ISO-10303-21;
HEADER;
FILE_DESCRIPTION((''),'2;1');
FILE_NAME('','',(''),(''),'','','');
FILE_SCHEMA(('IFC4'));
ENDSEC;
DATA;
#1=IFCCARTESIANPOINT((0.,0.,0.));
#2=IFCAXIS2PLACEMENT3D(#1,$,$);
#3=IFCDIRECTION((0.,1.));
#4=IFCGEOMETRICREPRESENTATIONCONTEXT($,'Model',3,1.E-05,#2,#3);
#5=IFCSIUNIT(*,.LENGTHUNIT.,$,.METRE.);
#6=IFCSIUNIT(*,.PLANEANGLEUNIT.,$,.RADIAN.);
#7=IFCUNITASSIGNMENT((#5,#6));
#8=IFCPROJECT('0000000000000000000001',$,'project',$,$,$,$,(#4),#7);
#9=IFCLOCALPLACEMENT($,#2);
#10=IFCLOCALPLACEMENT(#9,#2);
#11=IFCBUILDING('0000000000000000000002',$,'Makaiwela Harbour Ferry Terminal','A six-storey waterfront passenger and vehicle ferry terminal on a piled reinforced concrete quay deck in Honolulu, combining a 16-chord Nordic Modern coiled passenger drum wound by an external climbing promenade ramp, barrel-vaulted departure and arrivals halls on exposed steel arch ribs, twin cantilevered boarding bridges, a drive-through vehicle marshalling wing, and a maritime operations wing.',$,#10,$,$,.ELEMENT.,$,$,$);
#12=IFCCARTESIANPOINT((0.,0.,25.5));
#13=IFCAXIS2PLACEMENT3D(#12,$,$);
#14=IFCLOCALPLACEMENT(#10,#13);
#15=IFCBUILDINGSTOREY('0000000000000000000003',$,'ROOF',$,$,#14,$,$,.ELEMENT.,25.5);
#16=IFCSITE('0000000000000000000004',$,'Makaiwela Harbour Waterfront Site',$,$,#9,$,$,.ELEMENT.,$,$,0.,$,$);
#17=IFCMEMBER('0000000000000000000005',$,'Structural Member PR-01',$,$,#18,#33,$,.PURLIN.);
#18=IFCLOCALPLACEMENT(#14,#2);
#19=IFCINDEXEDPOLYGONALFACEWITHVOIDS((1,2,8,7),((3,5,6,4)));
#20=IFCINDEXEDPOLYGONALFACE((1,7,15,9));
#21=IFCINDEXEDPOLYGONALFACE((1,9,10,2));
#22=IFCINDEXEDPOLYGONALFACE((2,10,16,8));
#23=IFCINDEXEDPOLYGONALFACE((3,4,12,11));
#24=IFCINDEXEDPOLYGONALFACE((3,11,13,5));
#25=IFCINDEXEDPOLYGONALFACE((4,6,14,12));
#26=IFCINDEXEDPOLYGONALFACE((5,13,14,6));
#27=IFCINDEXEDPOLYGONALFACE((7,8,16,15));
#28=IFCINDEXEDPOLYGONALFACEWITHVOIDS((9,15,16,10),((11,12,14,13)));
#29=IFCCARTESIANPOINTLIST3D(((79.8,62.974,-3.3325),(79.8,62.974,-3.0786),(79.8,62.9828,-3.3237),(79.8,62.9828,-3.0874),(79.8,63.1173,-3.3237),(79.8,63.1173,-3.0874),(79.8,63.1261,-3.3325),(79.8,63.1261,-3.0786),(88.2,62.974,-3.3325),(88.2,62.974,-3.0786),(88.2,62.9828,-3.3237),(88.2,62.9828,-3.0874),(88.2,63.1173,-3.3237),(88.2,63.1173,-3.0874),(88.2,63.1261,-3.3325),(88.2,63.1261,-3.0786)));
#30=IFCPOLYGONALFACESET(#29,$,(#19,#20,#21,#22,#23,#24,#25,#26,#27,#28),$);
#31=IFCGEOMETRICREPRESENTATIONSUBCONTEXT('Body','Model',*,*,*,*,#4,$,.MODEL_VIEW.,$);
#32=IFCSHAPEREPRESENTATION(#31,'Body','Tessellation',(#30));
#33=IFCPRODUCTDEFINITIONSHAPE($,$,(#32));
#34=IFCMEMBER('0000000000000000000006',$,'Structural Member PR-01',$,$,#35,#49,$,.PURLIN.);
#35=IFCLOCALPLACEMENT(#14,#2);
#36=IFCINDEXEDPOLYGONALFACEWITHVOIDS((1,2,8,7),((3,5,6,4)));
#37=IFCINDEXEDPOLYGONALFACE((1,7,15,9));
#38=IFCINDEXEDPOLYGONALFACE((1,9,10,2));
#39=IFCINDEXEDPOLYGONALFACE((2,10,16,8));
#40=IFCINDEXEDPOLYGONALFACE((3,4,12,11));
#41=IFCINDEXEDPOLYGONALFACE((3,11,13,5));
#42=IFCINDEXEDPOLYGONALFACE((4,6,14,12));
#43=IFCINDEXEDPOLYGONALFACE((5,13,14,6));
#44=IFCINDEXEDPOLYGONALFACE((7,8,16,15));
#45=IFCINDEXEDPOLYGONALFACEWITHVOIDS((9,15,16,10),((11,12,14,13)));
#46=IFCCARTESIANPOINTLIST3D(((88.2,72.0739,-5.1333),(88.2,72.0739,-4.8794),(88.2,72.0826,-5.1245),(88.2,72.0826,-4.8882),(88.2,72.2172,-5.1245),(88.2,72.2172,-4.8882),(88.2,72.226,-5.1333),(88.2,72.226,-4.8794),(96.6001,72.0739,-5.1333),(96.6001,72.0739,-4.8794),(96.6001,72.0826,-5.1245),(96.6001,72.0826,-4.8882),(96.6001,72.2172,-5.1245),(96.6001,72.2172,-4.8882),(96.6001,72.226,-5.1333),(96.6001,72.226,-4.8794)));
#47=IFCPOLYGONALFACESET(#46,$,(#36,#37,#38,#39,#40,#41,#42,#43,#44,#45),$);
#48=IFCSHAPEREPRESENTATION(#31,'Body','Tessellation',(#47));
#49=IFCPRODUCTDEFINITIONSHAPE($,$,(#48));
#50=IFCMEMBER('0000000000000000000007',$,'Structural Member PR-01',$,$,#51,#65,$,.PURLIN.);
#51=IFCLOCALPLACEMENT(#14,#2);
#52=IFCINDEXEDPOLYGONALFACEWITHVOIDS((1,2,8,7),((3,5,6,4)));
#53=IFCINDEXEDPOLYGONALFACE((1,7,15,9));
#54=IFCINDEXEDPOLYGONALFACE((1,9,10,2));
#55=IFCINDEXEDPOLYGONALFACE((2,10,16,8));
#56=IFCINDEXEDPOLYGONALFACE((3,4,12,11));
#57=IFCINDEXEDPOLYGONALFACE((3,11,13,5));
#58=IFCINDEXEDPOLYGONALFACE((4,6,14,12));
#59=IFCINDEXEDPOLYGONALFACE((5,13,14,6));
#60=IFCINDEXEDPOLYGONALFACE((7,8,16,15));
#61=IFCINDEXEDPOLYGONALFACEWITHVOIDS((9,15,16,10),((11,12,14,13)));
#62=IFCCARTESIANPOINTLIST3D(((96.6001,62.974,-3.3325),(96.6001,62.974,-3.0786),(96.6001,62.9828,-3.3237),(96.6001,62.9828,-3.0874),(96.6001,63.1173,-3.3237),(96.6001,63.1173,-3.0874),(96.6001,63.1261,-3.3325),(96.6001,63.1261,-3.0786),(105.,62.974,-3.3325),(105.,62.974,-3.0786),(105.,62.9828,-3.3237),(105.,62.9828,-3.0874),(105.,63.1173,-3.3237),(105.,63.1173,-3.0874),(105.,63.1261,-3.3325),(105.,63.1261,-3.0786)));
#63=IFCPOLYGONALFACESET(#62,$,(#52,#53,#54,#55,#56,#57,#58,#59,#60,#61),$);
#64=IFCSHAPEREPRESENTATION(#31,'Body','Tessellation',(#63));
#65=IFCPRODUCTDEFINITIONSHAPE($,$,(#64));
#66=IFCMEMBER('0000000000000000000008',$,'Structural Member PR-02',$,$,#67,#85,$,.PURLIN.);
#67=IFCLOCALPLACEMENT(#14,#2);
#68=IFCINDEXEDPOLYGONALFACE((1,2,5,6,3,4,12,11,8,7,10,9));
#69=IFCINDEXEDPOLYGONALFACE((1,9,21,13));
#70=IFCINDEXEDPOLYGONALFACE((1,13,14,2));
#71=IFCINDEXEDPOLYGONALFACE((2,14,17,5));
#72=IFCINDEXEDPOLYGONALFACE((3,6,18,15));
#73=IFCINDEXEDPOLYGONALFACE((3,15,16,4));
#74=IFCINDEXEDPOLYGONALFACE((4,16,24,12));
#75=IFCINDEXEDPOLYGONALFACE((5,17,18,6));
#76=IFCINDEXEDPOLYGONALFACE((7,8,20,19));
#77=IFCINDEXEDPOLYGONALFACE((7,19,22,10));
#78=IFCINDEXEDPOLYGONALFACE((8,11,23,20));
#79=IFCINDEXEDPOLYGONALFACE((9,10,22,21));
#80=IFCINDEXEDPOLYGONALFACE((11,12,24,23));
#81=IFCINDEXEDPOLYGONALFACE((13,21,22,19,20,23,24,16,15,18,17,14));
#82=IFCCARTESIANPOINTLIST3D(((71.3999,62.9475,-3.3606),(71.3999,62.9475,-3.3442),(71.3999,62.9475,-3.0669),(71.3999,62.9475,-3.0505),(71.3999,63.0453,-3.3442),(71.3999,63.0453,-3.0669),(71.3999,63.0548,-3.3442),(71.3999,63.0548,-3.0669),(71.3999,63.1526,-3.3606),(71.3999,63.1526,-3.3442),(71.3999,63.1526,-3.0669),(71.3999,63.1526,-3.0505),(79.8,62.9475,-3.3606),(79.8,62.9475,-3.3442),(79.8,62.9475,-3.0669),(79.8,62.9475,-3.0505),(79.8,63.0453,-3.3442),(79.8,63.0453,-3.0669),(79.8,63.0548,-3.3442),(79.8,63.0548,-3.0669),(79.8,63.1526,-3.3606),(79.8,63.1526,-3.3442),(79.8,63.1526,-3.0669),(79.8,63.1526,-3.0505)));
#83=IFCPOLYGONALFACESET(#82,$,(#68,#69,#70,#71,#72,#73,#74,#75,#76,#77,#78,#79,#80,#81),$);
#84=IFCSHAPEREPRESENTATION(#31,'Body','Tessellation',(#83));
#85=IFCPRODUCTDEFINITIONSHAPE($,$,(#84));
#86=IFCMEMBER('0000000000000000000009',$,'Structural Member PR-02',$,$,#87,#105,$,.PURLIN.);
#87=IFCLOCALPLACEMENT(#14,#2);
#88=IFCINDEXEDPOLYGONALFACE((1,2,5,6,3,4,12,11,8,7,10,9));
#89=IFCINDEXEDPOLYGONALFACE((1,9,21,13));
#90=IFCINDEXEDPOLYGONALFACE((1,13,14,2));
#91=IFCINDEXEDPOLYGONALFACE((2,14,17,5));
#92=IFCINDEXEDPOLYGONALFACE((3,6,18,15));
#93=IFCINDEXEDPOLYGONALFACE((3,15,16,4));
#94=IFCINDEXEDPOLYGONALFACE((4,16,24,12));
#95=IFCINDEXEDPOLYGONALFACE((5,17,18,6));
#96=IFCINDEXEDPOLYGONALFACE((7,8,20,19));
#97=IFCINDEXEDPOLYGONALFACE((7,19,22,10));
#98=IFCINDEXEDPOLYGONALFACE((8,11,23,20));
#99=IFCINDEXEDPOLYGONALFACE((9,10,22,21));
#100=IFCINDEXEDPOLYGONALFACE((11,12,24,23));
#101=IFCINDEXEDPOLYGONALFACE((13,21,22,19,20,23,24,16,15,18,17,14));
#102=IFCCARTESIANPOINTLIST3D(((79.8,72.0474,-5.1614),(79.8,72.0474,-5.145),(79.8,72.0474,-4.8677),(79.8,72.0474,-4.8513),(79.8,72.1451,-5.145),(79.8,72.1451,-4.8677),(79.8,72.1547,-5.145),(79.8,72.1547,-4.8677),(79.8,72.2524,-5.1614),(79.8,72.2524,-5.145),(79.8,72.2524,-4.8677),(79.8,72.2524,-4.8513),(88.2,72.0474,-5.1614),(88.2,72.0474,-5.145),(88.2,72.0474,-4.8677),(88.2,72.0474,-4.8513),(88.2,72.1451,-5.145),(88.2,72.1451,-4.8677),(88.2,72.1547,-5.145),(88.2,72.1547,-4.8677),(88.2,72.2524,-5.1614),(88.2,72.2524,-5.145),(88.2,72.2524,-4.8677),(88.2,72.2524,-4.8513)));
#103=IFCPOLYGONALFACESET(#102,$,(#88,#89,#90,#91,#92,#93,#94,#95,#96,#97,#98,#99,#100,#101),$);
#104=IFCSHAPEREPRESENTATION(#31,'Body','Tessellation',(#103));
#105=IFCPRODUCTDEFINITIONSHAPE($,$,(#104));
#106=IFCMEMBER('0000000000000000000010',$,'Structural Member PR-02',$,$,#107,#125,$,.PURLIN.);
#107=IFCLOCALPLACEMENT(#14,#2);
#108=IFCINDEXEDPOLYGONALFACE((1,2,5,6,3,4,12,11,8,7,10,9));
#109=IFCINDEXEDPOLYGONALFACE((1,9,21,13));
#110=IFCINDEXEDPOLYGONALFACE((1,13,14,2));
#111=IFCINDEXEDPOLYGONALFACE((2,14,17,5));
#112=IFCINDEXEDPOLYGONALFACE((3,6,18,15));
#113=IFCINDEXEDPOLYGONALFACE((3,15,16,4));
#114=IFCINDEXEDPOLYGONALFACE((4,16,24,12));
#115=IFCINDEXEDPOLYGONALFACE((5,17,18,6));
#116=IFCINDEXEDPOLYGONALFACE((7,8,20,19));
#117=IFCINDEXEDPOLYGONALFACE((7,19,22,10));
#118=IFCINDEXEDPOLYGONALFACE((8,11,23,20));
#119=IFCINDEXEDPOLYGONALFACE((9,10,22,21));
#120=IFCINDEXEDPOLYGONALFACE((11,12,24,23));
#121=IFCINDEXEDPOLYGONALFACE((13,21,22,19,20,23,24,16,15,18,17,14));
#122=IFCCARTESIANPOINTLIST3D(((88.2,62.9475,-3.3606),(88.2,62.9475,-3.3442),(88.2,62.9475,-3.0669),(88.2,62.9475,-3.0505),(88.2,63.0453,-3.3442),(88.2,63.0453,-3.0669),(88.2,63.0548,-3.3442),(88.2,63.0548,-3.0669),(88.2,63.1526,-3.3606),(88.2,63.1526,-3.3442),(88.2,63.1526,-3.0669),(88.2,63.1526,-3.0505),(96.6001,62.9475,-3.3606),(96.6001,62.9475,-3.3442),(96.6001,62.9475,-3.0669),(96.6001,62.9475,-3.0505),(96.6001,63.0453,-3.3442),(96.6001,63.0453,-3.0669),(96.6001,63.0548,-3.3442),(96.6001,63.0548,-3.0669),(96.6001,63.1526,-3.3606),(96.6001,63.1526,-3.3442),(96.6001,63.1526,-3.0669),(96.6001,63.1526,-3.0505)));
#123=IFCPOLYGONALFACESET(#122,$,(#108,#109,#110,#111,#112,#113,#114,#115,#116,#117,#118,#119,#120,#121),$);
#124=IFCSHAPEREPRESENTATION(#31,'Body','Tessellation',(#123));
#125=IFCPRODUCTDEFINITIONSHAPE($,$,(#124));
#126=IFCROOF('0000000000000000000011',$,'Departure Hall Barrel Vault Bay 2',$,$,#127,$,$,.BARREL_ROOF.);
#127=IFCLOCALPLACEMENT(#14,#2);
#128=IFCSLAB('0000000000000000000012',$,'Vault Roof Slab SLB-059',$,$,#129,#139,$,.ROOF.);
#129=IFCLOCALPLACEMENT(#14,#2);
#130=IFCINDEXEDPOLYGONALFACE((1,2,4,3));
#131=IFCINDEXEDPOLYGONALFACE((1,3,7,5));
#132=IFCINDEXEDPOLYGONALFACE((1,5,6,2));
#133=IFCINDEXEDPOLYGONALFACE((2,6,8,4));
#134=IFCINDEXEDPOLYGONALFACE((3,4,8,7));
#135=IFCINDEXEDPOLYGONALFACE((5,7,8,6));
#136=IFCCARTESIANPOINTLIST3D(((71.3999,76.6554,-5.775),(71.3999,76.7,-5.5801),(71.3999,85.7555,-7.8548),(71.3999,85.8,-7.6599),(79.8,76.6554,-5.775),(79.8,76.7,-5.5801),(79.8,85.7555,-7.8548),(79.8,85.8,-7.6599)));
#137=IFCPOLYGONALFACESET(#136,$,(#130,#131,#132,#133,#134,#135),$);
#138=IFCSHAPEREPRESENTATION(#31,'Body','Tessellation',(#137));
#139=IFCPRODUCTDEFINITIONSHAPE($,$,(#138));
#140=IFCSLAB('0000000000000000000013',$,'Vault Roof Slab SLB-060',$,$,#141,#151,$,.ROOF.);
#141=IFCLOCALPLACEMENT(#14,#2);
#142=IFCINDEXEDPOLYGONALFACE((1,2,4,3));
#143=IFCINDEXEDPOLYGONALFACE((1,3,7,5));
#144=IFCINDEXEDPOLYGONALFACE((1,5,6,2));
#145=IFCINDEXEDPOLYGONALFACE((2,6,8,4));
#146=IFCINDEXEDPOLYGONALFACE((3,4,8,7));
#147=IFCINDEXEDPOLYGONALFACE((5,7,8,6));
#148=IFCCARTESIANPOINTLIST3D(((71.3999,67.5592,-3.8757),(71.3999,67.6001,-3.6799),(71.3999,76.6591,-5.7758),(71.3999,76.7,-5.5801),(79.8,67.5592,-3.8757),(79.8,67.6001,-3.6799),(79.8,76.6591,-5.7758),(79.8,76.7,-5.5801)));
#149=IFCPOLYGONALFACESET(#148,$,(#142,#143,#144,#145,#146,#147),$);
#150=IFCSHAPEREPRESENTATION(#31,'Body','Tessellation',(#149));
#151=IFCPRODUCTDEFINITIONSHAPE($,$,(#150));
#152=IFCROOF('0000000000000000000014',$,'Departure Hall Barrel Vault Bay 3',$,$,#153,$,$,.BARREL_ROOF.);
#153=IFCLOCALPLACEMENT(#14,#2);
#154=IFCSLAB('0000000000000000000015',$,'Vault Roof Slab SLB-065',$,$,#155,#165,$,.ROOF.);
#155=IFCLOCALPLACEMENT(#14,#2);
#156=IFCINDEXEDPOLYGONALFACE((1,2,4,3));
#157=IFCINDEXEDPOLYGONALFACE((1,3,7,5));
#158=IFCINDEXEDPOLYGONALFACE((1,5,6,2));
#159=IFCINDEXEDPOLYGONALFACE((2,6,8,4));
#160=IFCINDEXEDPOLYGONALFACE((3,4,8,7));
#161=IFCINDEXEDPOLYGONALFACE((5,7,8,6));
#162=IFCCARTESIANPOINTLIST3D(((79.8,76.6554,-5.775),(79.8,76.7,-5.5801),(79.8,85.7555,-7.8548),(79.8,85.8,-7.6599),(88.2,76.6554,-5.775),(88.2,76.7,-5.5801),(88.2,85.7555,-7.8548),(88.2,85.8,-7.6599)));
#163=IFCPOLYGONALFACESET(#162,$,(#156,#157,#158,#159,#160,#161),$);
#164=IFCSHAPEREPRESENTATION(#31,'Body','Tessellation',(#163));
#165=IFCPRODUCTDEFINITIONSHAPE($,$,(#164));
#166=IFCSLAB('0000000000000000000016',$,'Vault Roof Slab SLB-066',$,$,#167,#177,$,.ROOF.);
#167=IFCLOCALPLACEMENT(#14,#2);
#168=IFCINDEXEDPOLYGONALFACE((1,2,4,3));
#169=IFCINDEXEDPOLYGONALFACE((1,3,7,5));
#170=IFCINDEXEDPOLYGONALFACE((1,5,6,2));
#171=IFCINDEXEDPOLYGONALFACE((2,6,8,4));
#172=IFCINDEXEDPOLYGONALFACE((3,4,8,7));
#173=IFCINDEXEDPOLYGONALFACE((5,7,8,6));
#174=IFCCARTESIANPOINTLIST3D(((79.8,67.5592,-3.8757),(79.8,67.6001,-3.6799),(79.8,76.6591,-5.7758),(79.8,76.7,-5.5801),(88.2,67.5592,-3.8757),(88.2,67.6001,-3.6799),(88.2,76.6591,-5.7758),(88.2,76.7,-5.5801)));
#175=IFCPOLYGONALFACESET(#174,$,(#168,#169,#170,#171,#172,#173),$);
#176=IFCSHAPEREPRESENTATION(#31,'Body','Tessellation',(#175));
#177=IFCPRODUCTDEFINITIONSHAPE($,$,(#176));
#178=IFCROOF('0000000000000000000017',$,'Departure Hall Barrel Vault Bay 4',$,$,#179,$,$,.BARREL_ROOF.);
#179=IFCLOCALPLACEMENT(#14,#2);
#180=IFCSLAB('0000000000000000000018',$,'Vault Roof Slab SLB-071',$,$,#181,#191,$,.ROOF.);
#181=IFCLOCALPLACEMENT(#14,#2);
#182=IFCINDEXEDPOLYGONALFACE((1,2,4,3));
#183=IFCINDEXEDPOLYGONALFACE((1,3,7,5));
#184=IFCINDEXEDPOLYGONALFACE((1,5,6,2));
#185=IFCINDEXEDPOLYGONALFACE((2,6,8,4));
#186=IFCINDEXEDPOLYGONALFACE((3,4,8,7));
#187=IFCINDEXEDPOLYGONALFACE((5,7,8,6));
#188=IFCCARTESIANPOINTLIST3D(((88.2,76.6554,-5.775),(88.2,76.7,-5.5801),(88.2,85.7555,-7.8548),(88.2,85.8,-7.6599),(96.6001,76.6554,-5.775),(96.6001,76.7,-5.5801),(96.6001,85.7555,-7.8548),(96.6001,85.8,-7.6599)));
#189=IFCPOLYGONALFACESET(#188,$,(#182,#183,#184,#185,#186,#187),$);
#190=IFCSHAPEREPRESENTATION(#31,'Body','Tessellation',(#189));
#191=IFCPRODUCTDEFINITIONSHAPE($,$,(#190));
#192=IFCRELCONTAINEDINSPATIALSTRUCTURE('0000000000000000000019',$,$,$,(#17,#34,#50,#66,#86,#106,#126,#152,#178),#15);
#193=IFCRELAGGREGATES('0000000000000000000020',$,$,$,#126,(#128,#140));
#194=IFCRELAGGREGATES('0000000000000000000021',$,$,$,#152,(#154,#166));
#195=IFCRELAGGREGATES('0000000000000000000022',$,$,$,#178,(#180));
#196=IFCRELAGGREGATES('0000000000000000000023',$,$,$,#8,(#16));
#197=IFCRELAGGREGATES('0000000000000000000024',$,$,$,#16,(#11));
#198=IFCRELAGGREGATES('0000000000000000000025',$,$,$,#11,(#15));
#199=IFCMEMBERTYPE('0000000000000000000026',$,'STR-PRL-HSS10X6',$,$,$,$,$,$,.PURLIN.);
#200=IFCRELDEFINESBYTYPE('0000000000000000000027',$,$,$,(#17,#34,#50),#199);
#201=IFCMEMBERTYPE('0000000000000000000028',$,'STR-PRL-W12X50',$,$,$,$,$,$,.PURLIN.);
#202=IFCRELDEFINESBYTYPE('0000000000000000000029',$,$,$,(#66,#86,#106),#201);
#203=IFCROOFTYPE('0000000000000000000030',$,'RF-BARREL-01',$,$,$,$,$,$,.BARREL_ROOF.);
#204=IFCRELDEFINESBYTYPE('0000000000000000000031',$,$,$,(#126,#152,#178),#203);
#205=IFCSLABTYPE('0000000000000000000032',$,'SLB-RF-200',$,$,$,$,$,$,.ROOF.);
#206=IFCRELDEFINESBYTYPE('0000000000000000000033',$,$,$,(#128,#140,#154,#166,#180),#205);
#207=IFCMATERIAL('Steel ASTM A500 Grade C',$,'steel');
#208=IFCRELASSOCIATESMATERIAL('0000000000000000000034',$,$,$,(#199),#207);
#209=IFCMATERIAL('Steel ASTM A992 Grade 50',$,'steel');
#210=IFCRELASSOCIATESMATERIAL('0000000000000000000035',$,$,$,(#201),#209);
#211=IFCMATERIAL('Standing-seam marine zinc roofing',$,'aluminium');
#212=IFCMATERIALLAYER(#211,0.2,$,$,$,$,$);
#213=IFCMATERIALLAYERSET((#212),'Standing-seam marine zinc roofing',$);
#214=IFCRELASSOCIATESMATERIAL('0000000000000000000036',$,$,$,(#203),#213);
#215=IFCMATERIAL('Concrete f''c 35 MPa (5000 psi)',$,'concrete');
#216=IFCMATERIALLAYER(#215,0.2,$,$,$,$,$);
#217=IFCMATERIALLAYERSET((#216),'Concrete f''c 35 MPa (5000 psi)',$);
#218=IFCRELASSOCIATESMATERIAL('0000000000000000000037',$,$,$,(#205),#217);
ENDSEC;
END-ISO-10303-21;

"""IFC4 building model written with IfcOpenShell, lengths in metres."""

from ifc_helpers import new_model, si_unit, direction, frame, origin, origin_2d, place, context, subcontext, project, spatial, polyline, hollow_rectangle, i_section, outline, extrude, material, layer, layer_set, material_profile, profile_set, type_object, element, aggregate, save


model = new_model("IFC4")

# Units and contexts
model_context = context("Model", 3, precision=1e-05, world=origin(), true_north=direction((0.0, 1.0)))
body_context = subcontext(model_context, "Body", "Model", "MODEL_VIEW")
ifc_project = project(units=[si_unit("LENGTHUNIT", "METRE"), si_unit("PLANEANGLEUNIT", "RADIAN")], contexts=[model_context])

# Site, building, storey
site_placement = place(None, origin())
site = spatial("IfcSite", under=ifc_project, at=site_placement, Name="Makaiwela Harbour Waterfront Site", CompositionType="ELEMENT", RefElevation=0.0)
building_placement = place(site_placement, origin())
building = spatial("IfcBuilding", under=site, at=building_placement, Name="Makaiwela Harbour Ferry Terminal", Description="A six-storey waterfront passenger and vehicle ferry terminal on a piled reinforced concrete quay deck in Honolulu, combining a 16-chord Nordic Modern coiled passenger drum wound by an external climbing promenade ramp, barrel-vaulted departure and arrivals halls on exposed steel arch ribs, twin cantilevered boarding bridges, a drive-through vehicle marshalling wing, and a maritime operations wing.", CompositionType="ELEMENT")
storey_placement = place(building_placement, frame((0.0, 0.0, 25.5)))
storey = spatial("IfcBuildingStorey", under=building, at=storey_placement, Name="ROOF", CompositionType="ELEMENT", Elevation=25.5)

# Shared definitions
ifc_material_1 = material(Name="Steel ASTM A992 Grade 50", Category="steel")

# Members
ifc_material_2 = material(Name="Steel ASTM A500 Grade C", Category="steel")
ifc_material_profile_1 = material_profile(ifc_material_2, hollow_rectangle(XDim=0.1521, YDim=0.2539, WallThickness=0.0088, at=origin_2d()), Name="HSS10X6X3/8")
ifc_profile_set_1 = profile_set([ifc_material_profile_1], Name="Steel ASTM A500 Grade C")
member_type_1 = type_object("IfcMemberType", Name="STR-PRL-HSS10X6", PredefinedType="PURLIN", material=ifc_profile_set_1)
member_1_placement = place(storey_placement, frame((79.8, 63.05, -3.2056), z_axis=(1.0, 0.0, 0.0), x_axis=(0.0, 1.0, 0.0)))
element("IfcMember", 1, at=member_1_placement, inside=storey, type_object=member_type_1, Name="Structural Member PR-01", PredefinedType="PURLIN", context=body_context, shape_type="SweptSolid", body=[
    extrude(hollow_rectangle(XDim=0.1521, YDim=0.2539, WallThickness=0.0088, at=origin_2d()), origin(), (0.0, 0.0, 1.0), 8.3999),
])
member_2_placement = place(storey_placement, frame((88.2, 72.1499, -5.0063), z_axis=(1.0, 0.0, 0.0), x_axis=(0.0, 1.0, 0.0)))
element("IfcMember", 2, at=member_2_placement, inside=storey, type_object=member_type_1, Name="Structural Member PR-01", PredefinedType="PURLIN", context=body_context, shape_type="SweptSolid", body=[
    extrude(hollow_rectangle(XDim=0.1521, YDim=0.2539, WallThickness=0.0088, at=origin_2d()), origin(), (0.0, 0.0, 1.0), 8.4001),
])
member_3_placement = place(storey_placement, frame((96.6001, 63.05, -3.2056), z_axis=(1.0, 0.0, 0.0), x_axis=(0.0, 1.0, 0.0)))
element("IfcMember", 3, at=member_3_placement, inside=storey, type_object=member_type_1, Name="Structural Member PR-01", PredefinedType="PURLIN", context=body_context, shape_type="SweptSolid", body=[
    extrude(hollow_rectangle(XDim=0.1521, YDim=0.2539, WallThickness=0.0088, at=origin_2d()), origin(), (0.0, 0.0, 1.0), 8.3999),
])
ifc_material_profile_2 = material_profile(ifc_material_1, i_section(OverallWidth=0.2051, OverallDepth=0.3101, WebThickness=0.0095, FlangeThickness=0.0164, at=origin_2d()), Name="W12X50")
ifc_profile_set_2 = profile_set([ifc_material_profile_2], Name="Steel ASTM A992 Grade 50")
member_type_2 = type_object("IfcMemberType", Name="STR-PRL-W12X50", PredefinedType="PURLIN", material=ifc_profile_set_2)
member_4_placement = place(storey_placement, frame((71.3999, 63.05, -3.2056), z_axis=(1.0, 0.0, 0.0), x_axis=(0.0, 1.0, 0.0)))
element("IfcMember", 4, at=member_4_placement, inside=storey, type_object=member_type_2, Name="Structural Member PR-02", PredefinedType="PURLIN", context=body_context, shape_type="SweptSolid", body=[
    extrude(i_section(OverallWidth=0.2051, OverallDepth=0.3101, WebThickness=0.0095, FlangeThickness=0.0164, at=origin_2d()), origin(), (0.0, 0.0, 1.0), 8.4001),
])
member_5_placement = place(storey_placement, frame((79.8, 72.1499, -5.0063), z_axis=(1.0, 0.0, 0.0), x_axis=(0.0, 1.0, 0.0)))
element("IfcMember", 5, at=member_5_placement, inside=storey, type_object=member_type_2, Name="Structural Member PR-02", PredefinedType="PURLIN", context=body_context, shape_type="SweptSolid", body=[
    extrude(i_section(OverallWidth=0.2051, OverallDepth=0.3101, WebThickness=0.0095, FlangeThickness=0.0164, at=origin_2d()), origin(), (0.0, 0.0, 1.0), 8.3999),
])
member_6_placement = place(storey_placement, frame((88.2, 63.05, -3.2056), z_axis=(1.0, 0.0, 0.0), x_axis=(0.0, 1.0, 0.0)))
element("IfcMember", 6, at=member_6_placement, inside=storey, type_object=member_type_2, Name="Structural Member PR-02", PredefinedType="PURLIN", context=body_context, shape_type="SweptSolid", body=[
    extrude(i_section(OverallWidth=0.2051, OverallDepth=0.3101, WebThickness=0.0095, FlangeThickness=0.0164, at=origin_2d()), origin(), (0.0, 0.0, 1.0), 8.4001),
])

# Roofs, slabs
ifc_material_3 = material(Name="Standing-seam marine zinc roofing", Category="aluminium")
ifc_layer_1 = layer(ifc_material_3, 0.2)
ifc_layer_set_1 = layer_set([ifc_layer_1], Name="Standing-seam marine zinc roofing")
roof_type = type_object("IfcRoofType", Name="RF-BARREL-01", PredefinedType="BARREL_ROOF", material=ifc_layer_set_1)
roof_1_placement = place(storey_placement, origin())
roof_1 = element("IfcRoof", 7, at=roof_1_placement, inside=storey, type_object=roof_type, Name="Departure Hall Barrel Vault Bay 2", PredefinedType="BARREL_ROOF")
ifc_material_4 = material(Name="Concrete f'c 35 MPa (5000 psi)", Category="concrete")
ifc_layer_2 = layer(ifc_material_4, 0.2)
ifc_layer_set_2 = layer_set([ifc_layer_2], Name="Concrete f'c 35 MPa (5000 psi)")
slab_type = type_object("IfcSlabType", Name="SLB-RF-200", PredefinedType="ROOF", material=ifc_layer_set_2)
slab_1_placement = place(storey_placement, frame((71.3999, 76.7, -5.5801), z_axis=(0.0, 0.222806, 0.974863), x_axis=(1.0, 0.0, 0.0)))
slab_1 = element("IfcSlab", 8, at=slab_1_placement, type_object=slab_type, Name="Vault Roof Slab SLB-059", PredefinedType="ROOF", context=body_context, shape_type="SweptSolid", body=[
    extrude(outline(polyline([(0.0, 0.0), (8.4001, 0.0), (8.4001, 9.3347), (0.0, 9.3347), (0.0, 0.0)])), origin(), (0.0, 0.0, -1.0), 0.2),
])
slab_2_placement = place(storey_placement, frame((71.3999, 67.6001, -3.6799), z_axis=(0.0, 0.204402, 0.978887), x_axis=(1.0, 0.0, 0.0)))
slab_2 = element("IfcSlab", 9, at=slab_2_placement, type_object=slab_type, Name="Vault Roof Slab SLB-060", PredefinedType="ROOF", context=body_context, shape_type="SweptSolid", body=[
    extrude(outline(polyline([(0.0, 0.0), (8.4001, 0.0), (8.4001, 9.2961), (0.0, 9.2961), (0.0, 0.0)])), origin(), (0.0, 0.0, -1.0), 0.2),
])
roof_2_placement = place(storey_placement, origin())
roof_2 = element("IfcRoof", 10, at=roof_2_placement, inside=storey, type_object=roof_type, Name="Departure Hall Barrel Vault Bay 3", PredefinedType="BARREL_ROOF")
slab_3_placement = place(storey_placement, frame((79.8, 76.7, -5.5801), z_axis=(0.0, 0.222806, 0.974863), x_axis=(1.0, 0.0, 0.0)))
slab_3 = element("IfcSlab", 11, at=slab_3_placement, type_object=slab_type, Name="Vault Roof Slab SLB-065", PredefinedType="ROOF", context=body_context, shape_type="SweptSolid", body=[
    extrude(outline(polyline([(0.0, 0.0), (8.3999, 0.0), (8.3999, 9.3347), (0.0, 9.3347), (0.0, 0.0)])), origin(), (0.0, 0.0, -1.0), 0.2),
])
slab_4_placement = place(storey_placement, frame((79.8, 67.6001, -3.6799), z_axis=(0.0, 0.204402, 0.978887), x_axis=(1.0, 0.0, 0.0)))
slab_4 = element("IfcSlab", 12, at=slab_4_placement, type_object=slab_type, Name="Vault Roof Slab SLB-066", PredefinedType="ROOF", context=body_context, shape_type="SweptSolid", body=[
    extrude(outline(polyline([(0.0, 0.0), (8.3999, 0.0), (8.3999, 9.2961), (0.0, 9.2961), (0.0, 0.0)])), origin(), (0.0, 0.0, -1.0), 0.2),
])
roof_3_placement = place(storey_placement, origin())
roof_3 = element("IfcRoof", 13, at=roof_3_placement, inside=storey, type_object=roof_type, Name="Departure Hall Barrel Vault Bay 4", PredefinedType="BARREL_ROOF")
slab_5_placement = place(storey_placement, frame((88.2, 76.7, -5.5801), z_axis=(0.0, 0.222806, 0.974863), x_axis=(1.0, 0.0, 0.0)))
slab_5 = element("IfcSlab", 14, at=slab_5_placement, type_object=slab_type, Name="Vault Roof Slab SLB-071", PredefinedType="ROOF", context=body_context, shape_type="SweptSolid", body=[
    extrude(outline(polyline([(0.0, 0.0), (8.4001, 0.0), (8.4001, 9.3347), (0.0, 9.3347), (0.0, 0.0)])), origin(), (0.0, 0.0, -1.0), 0.2),
])

aggregate(roof_1, [slab_1, slab_2])
aggregate(roof_2, [slab_3, slab_4])
aggregate(roof_3, [slab_5])

save(model, "model.ifc")
